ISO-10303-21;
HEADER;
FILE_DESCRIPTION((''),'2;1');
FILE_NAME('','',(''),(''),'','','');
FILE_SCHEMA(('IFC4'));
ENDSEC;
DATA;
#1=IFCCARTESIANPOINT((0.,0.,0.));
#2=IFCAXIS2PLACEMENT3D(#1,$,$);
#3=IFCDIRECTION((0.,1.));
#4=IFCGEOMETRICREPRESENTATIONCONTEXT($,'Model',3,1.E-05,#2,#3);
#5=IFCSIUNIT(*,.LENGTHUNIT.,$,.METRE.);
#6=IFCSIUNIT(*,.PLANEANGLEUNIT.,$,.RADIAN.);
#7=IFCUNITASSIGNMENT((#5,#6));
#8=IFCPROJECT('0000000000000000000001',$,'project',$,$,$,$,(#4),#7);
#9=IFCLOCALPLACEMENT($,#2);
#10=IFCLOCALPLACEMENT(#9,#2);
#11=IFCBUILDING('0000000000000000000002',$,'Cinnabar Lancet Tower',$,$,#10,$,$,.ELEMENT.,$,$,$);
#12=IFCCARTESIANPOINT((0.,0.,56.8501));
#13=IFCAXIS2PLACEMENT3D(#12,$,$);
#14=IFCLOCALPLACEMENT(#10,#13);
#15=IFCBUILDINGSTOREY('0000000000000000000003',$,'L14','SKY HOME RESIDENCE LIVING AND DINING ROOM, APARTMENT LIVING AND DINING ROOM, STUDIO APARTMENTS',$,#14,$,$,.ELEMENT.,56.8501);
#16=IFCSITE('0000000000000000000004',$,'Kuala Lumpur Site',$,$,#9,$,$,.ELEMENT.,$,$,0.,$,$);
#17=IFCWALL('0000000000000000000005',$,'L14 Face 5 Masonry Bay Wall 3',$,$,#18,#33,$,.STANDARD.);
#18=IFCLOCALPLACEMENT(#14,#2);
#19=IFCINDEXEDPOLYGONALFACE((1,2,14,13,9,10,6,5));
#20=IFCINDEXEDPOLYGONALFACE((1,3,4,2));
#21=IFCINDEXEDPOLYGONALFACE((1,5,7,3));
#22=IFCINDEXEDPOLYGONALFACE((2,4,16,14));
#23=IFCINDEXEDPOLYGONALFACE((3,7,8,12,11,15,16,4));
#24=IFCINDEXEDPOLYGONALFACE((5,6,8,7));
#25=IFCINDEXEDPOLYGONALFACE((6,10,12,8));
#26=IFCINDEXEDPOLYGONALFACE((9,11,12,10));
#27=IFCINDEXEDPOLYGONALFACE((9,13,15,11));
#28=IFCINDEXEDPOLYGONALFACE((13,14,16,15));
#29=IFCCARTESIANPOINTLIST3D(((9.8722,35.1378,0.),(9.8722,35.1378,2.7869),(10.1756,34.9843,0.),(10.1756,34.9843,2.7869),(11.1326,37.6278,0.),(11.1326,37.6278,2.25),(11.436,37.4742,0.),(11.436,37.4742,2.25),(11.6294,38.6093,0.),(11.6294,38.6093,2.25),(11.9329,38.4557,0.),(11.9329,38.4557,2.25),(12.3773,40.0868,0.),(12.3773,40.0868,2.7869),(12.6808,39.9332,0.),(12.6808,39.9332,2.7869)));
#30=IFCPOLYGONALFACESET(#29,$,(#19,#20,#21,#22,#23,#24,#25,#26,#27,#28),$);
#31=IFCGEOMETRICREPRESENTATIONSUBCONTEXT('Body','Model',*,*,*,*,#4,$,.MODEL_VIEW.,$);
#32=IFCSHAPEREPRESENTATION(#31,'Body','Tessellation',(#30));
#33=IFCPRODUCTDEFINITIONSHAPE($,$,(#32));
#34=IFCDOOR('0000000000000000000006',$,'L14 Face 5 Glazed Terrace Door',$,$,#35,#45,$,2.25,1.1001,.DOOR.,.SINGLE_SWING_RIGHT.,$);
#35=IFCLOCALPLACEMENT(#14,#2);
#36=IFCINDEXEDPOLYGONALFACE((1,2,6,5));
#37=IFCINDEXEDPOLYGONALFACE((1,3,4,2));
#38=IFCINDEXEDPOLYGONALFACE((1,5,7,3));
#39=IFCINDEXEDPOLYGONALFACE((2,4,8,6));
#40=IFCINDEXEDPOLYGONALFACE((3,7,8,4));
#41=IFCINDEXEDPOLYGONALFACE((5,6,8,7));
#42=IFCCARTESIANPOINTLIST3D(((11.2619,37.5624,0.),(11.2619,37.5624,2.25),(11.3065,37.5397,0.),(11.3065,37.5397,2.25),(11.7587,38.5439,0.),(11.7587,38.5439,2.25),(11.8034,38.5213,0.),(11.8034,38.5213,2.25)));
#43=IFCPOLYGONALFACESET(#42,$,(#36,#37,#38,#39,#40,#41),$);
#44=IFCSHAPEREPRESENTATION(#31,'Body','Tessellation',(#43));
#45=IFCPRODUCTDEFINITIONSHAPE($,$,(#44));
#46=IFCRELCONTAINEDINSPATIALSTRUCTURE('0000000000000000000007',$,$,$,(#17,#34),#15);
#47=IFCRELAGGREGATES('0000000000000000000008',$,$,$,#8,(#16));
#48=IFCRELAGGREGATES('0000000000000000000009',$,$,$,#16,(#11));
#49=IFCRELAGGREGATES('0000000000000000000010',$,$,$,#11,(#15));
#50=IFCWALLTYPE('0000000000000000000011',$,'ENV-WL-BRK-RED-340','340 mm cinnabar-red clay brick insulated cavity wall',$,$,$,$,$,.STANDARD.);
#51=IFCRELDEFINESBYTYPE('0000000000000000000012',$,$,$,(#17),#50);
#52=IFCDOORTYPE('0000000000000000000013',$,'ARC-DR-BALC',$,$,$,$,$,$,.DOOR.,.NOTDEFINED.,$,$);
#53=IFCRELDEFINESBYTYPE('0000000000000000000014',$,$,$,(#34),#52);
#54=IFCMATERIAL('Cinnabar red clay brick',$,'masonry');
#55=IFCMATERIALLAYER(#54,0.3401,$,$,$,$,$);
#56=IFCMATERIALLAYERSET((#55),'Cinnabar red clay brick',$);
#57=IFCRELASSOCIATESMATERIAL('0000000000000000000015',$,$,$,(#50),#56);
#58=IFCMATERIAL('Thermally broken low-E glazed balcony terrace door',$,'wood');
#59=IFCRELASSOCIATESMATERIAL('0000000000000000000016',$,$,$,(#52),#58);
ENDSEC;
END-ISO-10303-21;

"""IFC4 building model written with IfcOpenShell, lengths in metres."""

from ifc_helpers import new_model, si_unit, direction, frame, frame_2d, origin, place, context, subcontext, project, spatial, rectangle, extrude, material, layer, layer_set, type_object, element, fill, save


model = new_model("IFC4")

# Units and contexts
model_context = context("Model", 3, precision=1e-05, world=origin(), true_north=direction((0.0, 1.0)))
body_context = subcontext(model_context, "Body", "Model", "MODEL_VIEW")
ifc_project = project(units=[si_unit("LENGTHUNIT", "METRE"), si_unit("PLANEANGLEUNIT", "RADIAN")], contexts=[model_context])

# Site, building, storey
site_placement = place(None, origin())
site = spatial("IfcSite", under=ifc_project, at=site_placement, Name="Kuala Lumpur Site", CompositionType="ELEMENT", RefElevation=0.0)
building_placement = place(site_placement, origin())
building = spatial("IfcBuilding", under=site, at=building_placement, Name="Cinnabar Lancet Tower", CompositionType="ELEMENT")
storey_placement = place(building_placement, frame((0.0, 0.0, 56.8501)))
storey = spatial("IfcBuildingStorey", under=building, at=storey_placement, Name="L14", Description="SKY HOME RESIDENCE LIVING AND DINING ROOM, APARTMENT LIVING AND DINING ROOM, STUDIO APARTMENTS", CompositionType="ELEMENT", Elevation=56.8501)

# Shared definitions
ifc_material_1 = material(Name="Cinnabar red clay brick", Category="masonry")
ifc_layer_1 = layer(ifc_material_1, 0.3401)
ifc_layer_set_1 = layer_set([ifc_layer_1], Name="Cinnabar red clay brick")
wall_type_1 = type_object("IfcWallType", Name="ENV-WL-BRK-RED-340", Description="340 mm cinnabar-red clay brick insulated cavity wall", PredefinedType="STANDARD", material=ifc_layer_set_1)

# Wall, opening, door
wall_1_placement = place(storey_placement, frame((12.5291, 40.01, 0.0), z_axis=(0.0, 0.0, 1.0), x_axis=(-0.451627, -0.892207, 0.0)))
wall_1 = element("IfcWall", 1, at=wall_1_placement, inside=storey, type_object=wall_type_1, Name="L14 Face 5 Masonry Bay Wall 3", PredefinedType="STANDARD", context=body_context, shape_type="SweptSolid", body=[
    extrude(rectangle(XDim=5.5469, YDim=0.3401, at=frame_2d((2.7734, 0.0))), origin(), (0.0, 0.0, 1.0), 2.7869),
])
opening_1_placement = place(wall_1_placement, frame((1.656, 0.0, 0.0)))
opening_1 = element("IfcOpeningElement", 2, at=opening_1_placement, cuts=wall_1, PredefinedType="OPENING", context=body_context, shape_type="SweptSolid", body=[
    extrude(rectangle(XDim=1.1001, YDim=2.25, at=frame_2d((0.55, 1.125))), frame((0.0, 0.1799, 0.0), z_axis=(0.0, -1.0, 0.0), x_axis=(1.0, 0.0, 0.0)), (0.0, 0.0, 1.0), 0.3601),
])
ifc_material_2 = material(Name="Thermally broken low-E glazed balcony terrace door", Category="wood")
door_type = type_object("IfcDoorType", Name="ARC-DR-BALC", OperationType="NOTDEFINED", PredefinedType="DOOR", material=ifc_material_2)
door_placement = place(opening_1_placement, origin())
door = element("IfcDoor", 3, at=door_placement, inside=storey, type_object=door_type, Name="L14 Face 5 Glazed Terrace Door", OperationType="SINGLE_SWING_RIGHT", OverallHeight=2.25, OverallWidth=1.1001, PredefinedType="DOOR", context=body_context, shape_type="SweptSolid", body=[
    extrude(rectangle(XDim=1.1001, YDim=2.25, at=frame_2d((0.55, 1.125))), frame((0.0, 0.0249, 0.0), z_axis=(0.0, -1.0, 0.0), x_axis=(1.0, 0.0, 0.0)), (0.0, 0.0, 1.0), 0.05),
])
fill(opening_1, door)

save(model, "model.ifc")
